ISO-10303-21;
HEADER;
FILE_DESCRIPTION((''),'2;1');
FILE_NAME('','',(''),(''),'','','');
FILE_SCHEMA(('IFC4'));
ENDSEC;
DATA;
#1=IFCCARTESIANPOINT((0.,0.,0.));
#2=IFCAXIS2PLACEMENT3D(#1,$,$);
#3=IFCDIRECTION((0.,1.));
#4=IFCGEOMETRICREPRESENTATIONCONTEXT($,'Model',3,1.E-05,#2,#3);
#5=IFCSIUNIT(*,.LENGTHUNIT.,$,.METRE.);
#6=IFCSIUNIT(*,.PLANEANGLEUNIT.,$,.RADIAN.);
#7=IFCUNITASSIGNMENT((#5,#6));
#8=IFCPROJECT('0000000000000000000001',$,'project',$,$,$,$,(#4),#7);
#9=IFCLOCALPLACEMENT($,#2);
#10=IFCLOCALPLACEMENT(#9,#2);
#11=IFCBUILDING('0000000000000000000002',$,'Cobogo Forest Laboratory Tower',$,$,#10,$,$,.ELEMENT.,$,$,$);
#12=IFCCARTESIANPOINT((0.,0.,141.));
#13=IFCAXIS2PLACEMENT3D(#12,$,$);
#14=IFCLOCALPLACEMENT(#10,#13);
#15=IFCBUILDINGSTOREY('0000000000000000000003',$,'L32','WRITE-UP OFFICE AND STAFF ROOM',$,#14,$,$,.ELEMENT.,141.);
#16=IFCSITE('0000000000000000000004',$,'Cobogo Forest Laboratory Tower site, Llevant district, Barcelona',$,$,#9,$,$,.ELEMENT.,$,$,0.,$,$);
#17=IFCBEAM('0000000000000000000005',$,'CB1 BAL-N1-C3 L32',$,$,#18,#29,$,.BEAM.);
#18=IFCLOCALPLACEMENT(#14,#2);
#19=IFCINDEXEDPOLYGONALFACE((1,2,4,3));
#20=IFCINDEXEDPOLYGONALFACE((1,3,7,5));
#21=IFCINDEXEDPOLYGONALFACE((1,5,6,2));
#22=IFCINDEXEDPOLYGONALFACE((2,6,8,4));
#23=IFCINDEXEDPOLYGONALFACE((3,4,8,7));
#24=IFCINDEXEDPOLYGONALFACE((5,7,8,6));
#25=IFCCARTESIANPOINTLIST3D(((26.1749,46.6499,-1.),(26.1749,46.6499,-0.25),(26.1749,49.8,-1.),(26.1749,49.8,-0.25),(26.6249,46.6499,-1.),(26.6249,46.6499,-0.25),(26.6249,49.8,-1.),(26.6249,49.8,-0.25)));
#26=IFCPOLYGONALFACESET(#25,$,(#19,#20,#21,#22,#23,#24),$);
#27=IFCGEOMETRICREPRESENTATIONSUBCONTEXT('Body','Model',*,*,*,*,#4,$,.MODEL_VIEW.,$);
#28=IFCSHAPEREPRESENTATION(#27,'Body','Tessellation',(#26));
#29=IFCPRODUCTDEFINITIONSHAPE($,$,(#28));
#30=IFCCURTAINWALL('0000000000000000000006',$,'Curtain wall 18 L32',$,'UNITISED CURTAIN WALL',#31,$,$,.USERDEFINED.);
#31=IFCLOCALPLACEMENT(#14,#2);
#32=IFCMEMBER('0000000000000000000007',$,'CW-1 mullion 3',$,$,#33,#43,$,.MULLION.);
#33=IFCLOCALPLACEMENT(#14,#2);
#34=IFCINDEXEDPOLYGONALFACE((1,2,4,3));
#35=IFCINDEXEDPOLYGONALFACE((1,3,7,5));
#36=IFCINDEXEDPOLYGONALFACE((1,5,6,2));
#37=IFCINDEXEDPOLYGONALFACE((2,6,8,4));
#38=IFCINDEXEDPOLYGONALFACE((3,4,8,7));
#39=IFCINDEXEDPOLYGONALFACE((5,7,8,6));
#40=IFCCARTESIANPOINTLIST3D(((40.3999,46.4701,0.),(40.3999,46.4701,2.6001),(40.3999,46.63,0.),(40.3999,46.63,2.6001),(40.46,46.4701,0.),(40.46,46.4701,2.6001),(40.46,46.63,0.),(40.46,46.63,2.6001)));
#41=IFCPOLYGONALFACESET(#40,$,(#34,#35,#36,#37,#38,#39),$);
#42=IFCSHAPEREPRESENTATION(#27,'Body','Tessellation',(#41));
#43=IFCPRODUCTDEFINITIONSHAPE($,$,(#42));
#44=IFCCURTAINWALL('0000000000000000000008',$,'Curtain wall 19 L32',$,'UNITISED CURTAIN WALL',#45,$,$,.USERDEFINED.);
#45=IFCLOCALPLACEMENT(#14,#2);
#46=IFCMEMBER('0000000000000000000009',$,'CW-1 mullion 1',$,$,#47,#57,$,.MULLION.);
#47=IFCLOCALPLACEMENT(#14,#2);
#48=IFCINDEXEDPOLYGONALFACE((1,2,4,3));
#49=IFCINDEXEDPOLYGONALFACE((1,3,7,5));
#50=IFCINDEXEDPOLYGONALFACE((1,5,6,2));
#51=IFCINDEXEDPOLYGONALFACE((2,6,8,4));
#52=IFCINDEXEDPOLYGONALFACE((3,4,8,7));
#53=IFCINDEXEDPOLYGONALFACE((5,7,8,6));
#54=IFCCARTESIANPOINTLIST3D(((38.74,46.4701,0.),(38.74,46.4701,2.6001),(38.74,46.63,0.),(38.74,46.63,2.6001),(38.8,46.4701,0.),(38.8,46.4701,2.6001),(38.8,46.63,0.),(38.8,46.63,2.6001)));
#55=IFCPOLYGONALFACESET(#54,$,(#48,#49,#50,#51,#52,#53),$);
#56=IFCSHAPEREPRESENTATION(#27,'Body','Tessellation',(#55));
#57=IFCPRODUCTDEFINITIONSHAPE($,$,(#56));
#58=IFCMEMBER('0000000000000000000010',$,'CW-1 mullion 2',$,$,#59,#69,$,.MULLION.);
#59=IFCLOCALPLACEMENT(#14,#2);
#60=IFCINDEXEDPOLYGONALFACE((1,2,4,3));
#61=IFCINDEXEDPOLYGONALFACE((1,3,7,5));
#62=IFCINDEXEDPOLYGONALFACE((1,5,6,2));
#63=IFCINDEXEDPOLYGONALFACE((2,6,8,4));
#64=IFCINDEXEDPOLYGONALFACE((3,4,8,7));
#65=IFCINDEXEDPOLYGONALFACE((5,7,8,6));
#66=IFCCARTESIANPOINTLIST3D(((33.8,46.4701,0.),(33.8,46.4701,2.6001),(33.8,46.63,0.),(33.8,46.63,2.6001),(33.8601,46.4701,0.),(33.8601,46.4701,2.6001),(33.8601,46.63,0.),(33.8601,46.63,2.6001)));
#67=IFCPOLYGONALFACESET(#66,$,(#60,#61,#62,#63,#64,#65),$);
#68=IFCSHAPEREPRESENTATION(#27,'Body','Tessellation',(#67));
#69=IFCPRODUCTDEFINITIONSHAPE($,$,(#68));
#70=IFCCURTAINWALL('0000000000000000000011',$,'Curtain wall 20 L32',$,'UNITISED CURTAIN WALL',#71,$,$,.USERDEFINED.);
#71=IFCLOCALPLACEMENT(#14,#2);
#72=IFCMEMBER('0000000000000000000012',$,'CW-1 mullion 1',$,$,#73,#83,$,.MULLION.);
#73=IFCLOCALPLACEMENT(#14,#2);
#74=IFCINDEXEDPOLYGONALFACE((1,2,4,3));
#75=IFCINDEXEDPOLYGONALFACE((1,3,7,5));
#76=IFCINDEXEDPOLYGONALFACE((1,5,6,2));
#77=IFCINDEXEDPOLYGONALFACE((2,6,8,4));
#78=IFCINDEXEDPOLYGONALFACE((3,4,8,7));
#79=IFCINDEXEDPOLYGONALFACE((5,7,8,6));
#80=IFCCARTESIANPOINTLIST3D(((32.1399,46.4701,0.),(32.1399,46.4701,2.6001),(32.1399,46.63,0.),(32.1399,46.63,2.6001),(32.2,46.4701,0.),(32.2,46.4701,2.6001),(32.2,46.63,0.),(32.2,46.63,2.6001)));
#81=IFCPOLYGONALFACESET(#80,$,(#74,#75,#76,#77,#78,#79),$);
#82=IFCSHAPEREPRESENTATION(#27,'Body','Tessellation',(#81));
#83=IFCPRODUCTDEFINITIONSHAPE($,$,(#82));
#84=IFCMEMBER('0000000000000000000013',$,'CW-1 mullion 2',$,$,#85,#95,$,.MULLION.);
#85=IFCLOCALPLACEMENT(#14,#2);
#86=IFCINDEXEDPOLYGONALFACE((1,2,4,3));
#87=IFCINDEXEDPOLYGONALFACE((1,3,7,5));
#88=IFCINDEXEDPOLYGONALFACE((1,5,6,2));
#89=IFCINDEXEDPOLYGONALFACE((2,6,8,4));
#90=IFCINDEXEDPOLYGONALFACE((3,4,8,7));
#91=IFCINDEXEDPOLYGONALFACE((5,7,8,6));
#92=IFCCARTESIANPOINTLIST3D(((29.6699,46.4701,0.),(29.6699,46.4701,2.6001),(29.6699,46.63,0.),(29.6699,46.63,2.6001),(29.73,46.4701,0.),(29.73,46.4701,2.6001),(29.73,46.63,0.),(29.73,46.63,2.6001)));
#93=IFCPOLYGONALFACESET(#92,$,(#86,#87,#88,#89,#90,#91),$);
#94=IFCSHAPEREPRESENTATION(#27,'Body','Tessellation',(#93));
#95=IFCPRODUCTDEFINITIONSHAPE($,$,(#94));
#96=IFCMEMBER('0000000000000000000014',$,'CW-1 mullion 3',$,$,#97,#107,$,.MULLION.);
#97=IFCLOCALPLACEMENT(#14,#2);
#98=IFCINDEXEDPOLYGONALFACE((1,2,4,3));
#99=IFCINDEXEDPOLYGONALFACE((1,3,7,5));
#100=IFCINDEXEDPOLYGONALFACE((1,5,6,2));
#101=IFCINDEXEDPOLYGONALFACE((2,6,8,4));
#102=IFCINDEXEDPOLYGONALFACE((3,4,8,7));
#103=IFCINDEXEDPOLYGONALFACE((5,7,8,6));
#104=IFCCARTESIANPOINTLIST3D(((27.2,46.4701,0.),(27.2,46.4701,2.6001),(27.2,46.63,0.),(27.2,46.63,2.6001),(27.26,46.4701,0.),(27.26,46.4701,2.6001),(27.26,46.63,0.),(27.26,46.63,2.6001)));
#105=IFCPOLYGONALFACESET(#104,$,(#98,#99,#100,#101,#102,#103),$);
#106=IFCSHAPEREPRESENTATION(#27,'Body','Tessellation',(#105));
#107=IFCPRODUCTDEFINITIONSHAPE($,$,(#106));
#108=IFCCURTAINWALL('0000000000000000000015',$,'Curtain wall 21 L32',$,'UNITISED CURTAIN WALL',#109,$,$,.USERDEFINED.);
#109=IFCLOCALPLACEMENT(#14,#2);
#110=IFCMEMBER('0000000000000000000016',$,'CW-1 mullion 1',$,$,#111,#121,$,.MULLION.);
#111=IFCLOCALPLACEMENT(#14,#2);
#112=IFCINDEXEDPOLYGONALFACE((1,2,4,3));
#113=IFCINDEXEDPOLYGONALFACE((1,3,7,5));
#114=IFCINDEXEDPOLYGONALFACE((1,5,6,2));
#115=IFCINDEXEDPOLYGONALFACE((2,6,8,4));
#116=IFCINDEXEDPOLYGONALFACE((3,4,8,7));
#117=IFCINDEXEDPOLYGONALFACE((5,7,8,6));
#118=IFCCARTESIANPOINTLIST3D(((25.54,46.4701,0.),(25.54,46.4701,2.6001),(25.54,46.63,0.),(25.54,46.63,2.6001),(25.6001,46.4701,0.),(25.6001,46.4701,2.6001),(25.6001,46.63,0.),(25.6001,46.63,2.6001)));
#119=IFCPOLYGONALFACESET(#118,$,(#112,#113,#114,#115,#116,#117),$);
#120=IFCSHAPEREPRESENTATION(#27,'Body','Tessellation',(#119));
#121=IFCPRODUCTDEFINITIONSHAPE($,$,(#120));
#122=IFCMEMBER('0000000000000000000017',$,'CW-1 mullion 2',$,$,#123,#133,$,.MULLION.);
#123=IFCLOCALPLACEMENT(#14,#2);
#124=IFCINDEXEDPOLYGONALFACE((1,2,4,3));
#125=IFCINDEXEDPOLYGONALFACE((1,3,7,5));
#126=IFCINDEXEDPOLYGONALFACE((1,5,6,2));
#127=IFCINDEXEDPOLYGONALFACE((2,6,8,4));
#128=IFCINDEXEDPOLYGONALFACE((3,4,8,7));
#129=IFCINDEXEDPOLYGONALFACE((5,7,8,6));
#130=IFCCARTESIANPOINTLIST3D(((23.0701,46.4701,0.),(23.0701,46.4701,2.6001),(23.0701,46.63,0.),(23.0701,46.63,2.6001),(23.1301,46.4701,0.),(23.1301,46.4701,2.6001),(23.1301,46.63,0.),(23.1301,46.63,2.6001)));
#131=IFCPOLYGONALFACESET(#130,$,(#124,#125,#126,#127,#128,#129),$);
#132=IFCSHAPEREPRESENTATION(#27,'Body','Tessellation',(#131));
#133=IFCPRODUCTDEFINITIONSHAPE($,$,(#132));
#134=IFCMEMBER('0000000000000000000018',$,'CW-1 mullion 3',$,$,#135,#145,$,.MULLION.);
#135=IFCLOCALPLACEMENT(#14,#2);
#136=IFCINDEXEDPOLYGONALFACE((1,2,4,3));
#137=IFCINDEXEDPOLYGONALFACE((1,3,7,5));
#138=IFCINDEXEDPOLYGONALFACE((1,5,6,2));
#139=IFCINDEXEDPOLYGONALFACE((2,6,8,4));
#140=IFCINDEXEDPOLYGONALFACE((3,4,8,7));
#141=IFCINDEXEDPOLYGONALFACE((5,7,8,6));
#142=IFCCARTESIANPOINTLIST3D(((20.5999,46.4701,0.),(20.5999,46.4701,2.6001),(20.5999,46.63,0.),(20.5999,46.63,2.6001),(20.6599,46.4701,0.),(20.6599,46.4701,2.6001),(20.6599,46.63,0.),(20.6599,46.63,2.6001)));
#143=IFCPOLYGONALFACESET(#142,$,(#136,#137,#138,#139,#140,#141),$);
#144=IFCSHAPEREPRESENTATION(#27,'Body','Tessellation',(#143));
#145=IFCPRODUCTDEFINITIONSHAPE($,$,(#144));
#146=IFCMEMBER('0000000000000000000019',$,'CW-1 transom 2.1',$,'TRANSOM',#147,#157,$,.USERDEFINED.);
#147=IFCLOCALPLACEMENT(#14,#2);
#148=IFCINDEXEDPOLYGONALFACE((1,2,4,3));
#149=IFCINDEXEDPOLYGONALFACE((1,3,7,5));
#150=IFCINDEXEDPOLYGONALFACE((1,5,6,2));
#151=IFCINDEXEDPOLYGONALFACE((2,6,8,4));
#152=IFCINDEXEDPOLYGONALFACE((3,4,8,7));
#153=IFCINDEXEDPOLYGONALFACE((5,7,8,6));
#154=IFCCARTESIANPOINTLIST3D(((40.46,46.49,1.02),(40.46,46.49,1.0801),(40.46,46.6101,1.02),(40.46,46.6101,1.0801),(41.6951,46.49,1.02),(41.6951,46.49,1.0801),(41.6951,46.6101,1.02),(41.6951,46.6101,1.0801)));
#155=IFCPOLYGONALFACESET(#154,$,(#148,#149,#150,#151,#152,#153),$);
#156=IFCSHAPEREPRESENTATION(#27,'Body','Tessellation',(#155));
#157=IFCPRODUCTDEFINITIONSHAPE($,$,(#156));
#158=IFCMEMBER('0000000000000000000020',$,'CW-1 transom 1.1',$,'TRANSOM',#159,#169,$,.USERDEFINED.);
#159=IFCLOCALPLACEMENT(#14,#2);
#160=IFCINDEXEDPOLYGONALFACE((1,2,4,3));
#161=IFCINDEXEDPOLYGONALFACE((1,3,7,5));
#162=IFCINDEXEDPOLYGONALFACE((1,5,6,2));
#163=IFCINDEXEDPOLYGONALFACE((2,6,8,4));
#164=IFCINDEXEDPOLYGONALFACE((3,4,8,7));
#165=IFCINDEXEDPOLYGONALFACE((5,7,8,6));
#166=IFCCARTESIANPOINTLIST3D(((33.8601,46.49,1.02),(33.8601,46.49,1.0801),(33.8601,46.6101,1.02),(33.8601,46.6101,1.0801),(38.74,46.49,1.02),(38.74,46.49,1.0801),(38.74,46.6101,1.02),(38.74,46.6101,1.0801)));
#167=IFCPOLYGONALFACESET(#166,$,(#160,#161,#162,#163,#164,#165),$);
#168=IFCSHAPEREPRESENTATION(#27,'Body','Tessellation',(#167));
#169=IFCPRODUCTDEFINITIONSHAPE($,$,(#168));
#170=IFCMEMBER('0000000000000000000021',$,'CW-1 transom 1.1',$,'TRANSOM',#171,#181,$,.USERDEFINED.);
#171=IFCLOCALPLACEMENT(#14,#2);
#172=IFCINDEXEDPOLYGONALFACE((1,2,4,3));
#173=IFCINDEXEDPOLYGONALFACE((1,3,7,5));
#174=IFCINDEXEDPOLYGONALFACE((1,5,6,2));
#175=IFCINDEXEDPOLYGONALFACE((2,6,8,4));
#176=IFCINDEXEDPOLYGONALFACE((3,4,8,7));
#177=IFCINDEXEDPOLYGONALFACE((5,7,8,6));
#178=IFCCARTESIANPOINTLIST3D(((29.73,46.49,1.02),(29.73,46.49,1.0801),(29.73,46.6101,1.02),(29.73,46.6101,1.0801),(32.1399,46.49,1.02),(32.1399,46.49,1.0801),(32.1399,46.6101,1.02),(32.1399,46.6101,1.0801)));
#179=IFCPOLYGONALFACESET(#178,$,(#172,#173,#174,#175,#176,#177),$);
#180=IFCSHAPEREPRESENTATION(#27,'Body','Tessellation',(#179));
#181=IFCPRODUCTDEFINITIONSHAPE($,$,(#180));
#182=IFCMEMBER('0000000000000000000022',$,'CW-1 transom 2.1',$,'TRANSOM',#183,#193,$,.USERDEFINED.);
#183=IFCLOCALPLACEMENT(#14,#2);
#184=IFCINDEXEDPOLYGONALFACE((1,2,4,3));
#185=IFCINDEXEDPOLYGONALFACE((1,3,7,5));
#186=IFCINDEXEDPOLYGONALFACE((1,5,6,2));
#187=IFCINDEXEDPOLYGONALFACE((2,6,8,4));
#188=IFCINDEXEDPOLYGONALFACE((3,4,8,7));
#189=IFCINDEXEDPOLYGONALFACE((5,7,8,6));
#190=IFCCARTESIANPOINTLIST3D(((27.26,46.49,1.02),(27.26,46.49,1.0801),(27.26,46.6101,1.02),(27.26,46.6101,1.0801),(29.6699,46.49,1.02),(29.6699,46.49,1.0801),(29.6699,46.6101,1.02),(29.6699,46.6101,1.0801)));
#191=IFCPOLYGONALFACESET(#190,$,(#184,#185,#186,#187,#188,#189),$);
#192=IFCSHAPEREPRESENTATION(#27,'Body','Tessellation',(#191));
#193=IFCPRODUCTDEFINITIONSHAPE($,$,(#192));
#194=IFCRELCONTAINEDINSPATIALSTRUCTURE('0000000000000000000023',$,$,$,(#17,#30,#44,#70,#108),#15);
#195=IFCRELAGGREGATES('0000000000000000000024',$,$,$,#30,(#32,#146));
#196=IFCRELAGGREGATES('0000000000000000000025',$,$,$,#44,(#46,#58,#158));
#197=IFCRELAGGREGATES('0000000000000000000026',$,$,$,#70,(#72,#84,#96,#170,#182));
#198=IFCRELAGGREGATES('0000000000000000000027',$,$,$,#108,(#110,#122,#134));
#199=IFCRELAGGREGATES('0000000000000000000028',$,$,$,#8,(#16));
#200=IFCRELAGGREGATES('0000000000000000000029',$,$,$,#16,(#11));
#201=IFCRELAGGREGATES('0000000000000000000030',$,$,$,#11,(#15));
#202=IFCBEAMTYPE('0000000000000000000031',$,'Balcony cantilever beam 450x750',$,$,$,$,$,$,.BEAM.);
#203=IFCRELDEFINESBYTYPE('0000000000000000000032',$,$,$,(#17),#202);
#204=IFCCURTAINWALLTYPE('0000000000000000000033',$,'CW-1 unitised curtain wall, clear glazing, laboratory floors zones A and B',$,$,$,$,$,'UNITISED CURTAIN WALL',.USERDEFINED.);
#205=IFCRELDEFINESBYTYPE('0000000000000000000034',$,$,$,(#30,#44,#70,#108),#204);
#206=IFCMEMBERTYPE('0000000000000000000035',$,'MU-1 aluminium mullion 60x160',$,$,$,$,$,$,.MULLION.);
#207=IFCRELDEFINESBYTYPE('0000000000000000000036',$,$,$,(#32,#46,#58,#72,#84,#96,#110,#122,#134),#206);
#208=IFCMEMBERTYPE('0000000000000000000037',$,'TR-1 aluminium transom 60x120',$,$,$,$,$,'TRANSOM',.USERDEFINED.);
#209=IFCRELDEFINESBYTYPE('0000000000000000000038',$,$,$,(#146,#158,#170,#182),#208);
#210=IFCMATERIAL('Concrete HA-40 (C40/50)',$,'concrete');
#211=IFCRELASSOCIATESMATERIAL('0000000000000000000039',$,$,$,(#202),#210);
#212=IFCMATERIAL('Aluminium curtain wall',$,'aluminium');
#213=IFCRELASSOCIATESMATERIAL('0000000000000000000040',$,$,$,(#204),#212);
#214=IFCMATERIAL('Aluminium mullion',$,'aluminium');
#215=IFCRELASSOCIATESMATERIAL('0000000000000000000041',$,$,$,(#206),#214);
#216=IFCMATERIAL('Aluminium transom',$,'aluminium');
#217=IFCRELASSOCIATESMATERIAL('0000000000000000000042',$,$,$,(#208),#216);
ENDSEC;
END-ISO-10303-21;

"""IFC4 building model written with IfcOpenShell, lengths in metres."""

from ifc_helpers import new_model, si_unit, direction, frame, origin, origin_2d, place, context, subcontext, project, spatial, rectangle, extrude, material, material_profile, profile_set, type_object, element, aggregate, save


model = new_model("IFC4")

# Units and contexts
model_context = context("Model", 3, precision=1e-05, world=origin(), true_north=direction((0.0, 1.0)))
body_context = subcontext(model_context, "Body", "Model", "MODEL_VIEW")
ifc_project = project(units=[si_unit("LENGTHUNIT", "METRE"), si_unit("PLANEANGLEUNIT", "RADIAN")], contexts=[model_context])

# Site, building, storey
site_placement = place(None, origin())
site = spatial("IfcSite", under=ifc_project, at=site_placement, Name="Cobogo Forest Laboratory Tower site, Llevant district, Barcelona", CompositionType="ELEMENT", RefElevation=0.0)
building_placement = place(site_placement, origin())
building = spatial("IfcBuilding", under=site, at=building_placement, Name="Cobogo Forest Laboratory Tower", CompositionType="ELEMENT")
storey_placement = place(building_placement, frame((0.0, 0.0, 141.0)))
storey = spatial("IfcBuildingStorey", under=building, at=storey_placement, Name="L32", Description="WRITE-UP OFFICE AND STAFF ROOM", CompositionType="ELEMENT", Elevation=141.0)

# Beam
ifc_material_1 = material(Name="Concrete HA-40 (C40/50)", Category="concrete")
ifc_material_profile_1 = material_profile(ifc_material_1, rectangle(XDim=0.45, YDim=0.75, at=origin_2d()), Name="RC 450x750")
ifc_profile_set_1 = profile_set([ifc_material_profile_1], Name="Concrete HA-40 (C40/50)")
beam_type = type_object("IfcBeamType", Name="Balcony cantilever beam 450x750", PredefinedType="BEAM", material=ifc_profile_set_1)
beam_placement = place(storey_placement, frame((26.3999, 46.6499, -0.625), z_axis=(0.0, 1.0, 0.0), x_axis=(-1.0, 0.0, 0.0)))
element("IfcBeam", 1, at=beam_placement, inside=storey, type_object=beam_type, Name="CB1 BAL-N1-C3 L32", PredefinedType="BEAM", context=body_context, shape_type="SweptSolid", body=[
    extrude(rectangle(XDim=0.45, YDim=0.75, at=origin_2d()), origin(), (0.0, 0.0, 1.0), 3.1501),
])

# Curtain wall, member
ifc_material_2 = material(Name="Aluminium curtain wall", Category="aluminium")
curtain_wall_type = type_object("IfcCurtainWallType", Name="CW-1 unitised curtain wall, clear glazing, laboratory floors zones A and B", ElementType="UNITISED CURTAIN WALL", PredefinedType="USERDEFINED", material=ifc_material_2)
curtain_wall_1_placement = place(storey_placement, origin())
curtain_wall_1 = element("IfcCurtainWall", 2, at=curtain_wall_1_placement, inside=storey, type_object=curtain_wall_type, Name="Curtain wall 18 L32", ObjectType="UNITISED CURTAIN WALL", PredefinedType="USERDEFINED")
ifc_material_3 = material(Name="Aluminium mullion", Category="aluminium")
ifc_material_profile_2 = material_profile(ifc_material_3, rectangle(XDim=0.0601, YDim=0.1599, at=origin_2d()), Name="AL 60x160")
ifc_profile_set_2 = profile_set([ifc_material_profile_2], Name="Aluminium mullion")
member_type_1 = type_object("IfcMemberType", Name="MU-1 aluminium mullion 60x160", PredefinedType="MULLION", material=ifc_profile_set_2)
member_1_placement = place(storey_placement, frame((40.4299, 46.55, 0.0), z_axis=(0.0, 0.0, 1.0), x_axis=(-1.0, 0.0, 0.0)))
member_1 = element("IfcMember", 3, at=member_1_placement, type_object=member_type_1, Name="CW-1 mullion 3", PredefinedType="MULLION", context=body_context, shape_type="SweptSolid", body=[
    extrude(rectangle(XDim=0.0601, YDim=0.1599, at=origin_2d()), origin(), (0.0, 0.0, 1.0), 2.6001),
])

# Curtain walls, members
curtain_wall_2_placement = place(storey_placement, origin())
curtain_wall_2 = element("IfcCurtainWall", 4, at=curtain_wall_2_placement, inside=storey, type_object=curtain_wall_type, Name="Curtain wall 19 L32", ObjectType="UNITISED CURTAIN WALL", PredefinedType="USERDEFINED")
member_2_placement = place(storey_placement, frame((38.77, 46.55, 0.0), z_axis=(0.0, 0.0, 1.0), x_axis=(-1.0, 0.0, 0.0)))
member_2 = element("IfcMember", 5, at=member_2_placement, type_object=member_type_1, Name="CW-1 mullion 1", PredefinedType="MULLION", context=body_context, shape_type="SweptSolid", body=[
    extrude(rectangle(XDim=0.0601, YDim=0.1599, at=origin_2d()), origin(), (0.0, 0.0, 1.0), 2.6001),
])
member_3_placement = place(storey_placement, frame((33.8301, 46.55, 0.0), z_axis=(0.0, 0.0, 1.0), x_axis=(-1.0, 0.0, 0.0)))
member_3 = element("IfcMember", 6, at=member_3_placement, type_object=member_type_1, Name="CW-1 mullion 2", PredefinedType="MULLION", context=body_context, shape_type="SweptSolid", body=[
    extrude(rectangle(XDim=0.0601, YDim=0.1599, at=origin_2d()), origin(), (0.0, 0.0, 1.0), 2.6001),
])
curtain_wall_3_placement = place(storey_placement, origin())
curtain_wall_3 = element("IfcCurtainWall", 7, at=curtain_wall_3_placement, inside=storey, type_object=curtain_wall_type, Name="Curtain wall 20 L32", ObjectType="UNITISED CURTAIN WALL", PredefinedType="USERDEFINED")
member_4_placement = place(storey_placement, frame((32.1699, 46.55, 0.0), z_axis=(0.0, 0.0, 1.0), x_axis=(-1.0, 0.0, 0.0)))
member_4 = element("IfcMember", 8, at=member_4_placement, type_object=member_type_1, Name="CW-1 mullion 1", PredefinedType="MULLION", context=body_context, shape_type="SweptSolid", body=[
    extrude(rectangle(XDim=0.0601, YDim=0.1599, at=origin_2d()), origin(), (0.0, 0.0, 1.0), 2.6001),
])
member_5_placement = place(storey_placement, frame((29.7, 46.55, 0.0), z_axis=(0.0, 0.0, 1.0), x_axis=(-1.0, 0.0, 0.0)))
member_5 = element("IfcMember", 9, at=member_5_placement, type_object=member_type_1, Name="CW-1 mullion 2", PredefinedType="MULLION", context=body_context, shape_type="SweptSolid", body=[
    extrude(rectangle(XDim=0.0601, YDim=0.1599, at=origin_2d()), origin(), (0.0, 0.0, 1.0), 2.6001),
])
member_6_placement = place(storey_placement, frame((27.23, 46.55, 0.0), z_axis=(0.0, 0.0, 1.0), x_axis=(-1.0, 0.0, 0.0)))
member_6 = element("IfcMember", 10, at=member_6_placement, type_object=member_type_1, Name="CW-1 mullion 3", PredefinedType="MULLION", context=body_context, shape_type="SweptSolid", body=[
    extrude(rectangle(XDim=0.0601, YDim=0.1599, at=origin_2d()), origin(), (0.0, 0.0, 1.0), 2.6001),
])
curtain_wall_4_placement = place(storey_placement, origin())
curtain_wall_4 = element("IfcCurtainWall", 11, at=curtain_wall_4_placement, inside=storey, type_object=curtain_wall_type, Name="Curtain wall 21 L32", ObjectType="UNITISED CURTAIN WALL", PredefinedType="USERDEFINED")
member_7_placement = place(storey_placement, frame((25.5701, 46.55, 0.0), z_axis=(0.0, 0.0, 1.0), x_axis=(-1.0, 0.0, 0.0)))
member_7 = element("IfcMember", 12, at=member_7_placement, type_object=member_type_1, Name="CW-1 mullion 1", PredefinedType="MULLION", context=body_context, shape_type="SweptSolid", body=[
    extrude(rectangle(XDim=0.0601, YDim=0.1599, at=origin_2d()), origin(), (0.0, 0.0, 1.0), 2.6001),
])
member_8_placement = place(storey_placement, frame((23.1001, 46.55, 0.0), z_axis=(0.0, 0.0, 1.0), x_axis=(-1.0, 0.0, 0.0)))
member_8 = element("IfcMember", 13, at=member_8_placement, type_object=member_type_1, Name="CW-1 mullion 2", PredefinedType="MULLION", context=body_context, shape_type="SweptSolid", body=[
    extrude(rectangle(XDim=0.0601, YDim=0.1599, at=origin_2d()), origin(), (0.0, 0.0, 1.0), 2.6001),
])
member_9_placement = place(storey_placement, frame((20.6299, 46.55, 0.0), z_axis=(0.0, 0.0, 1.0), x_axis=(-1.0, 0.0, 0.0)))
member_9 = element("IfcMember", 14, at=member_9_placement, type_object=member_type_1, Name="CW-1 mullion 3", PredefinedType="MULLION", context=body_context, shape_type="SweptSolid", body=[
    extrude(rectangle(XDim=0.0601, YDim=0.1599, at=origin_2d()), origin(), (0.0, 0.0, 1.0), 2.6001),
])

# Members
ifc_material_4 = material(Name="Aluminium transom", Category="aluminium")
ifc_material_profile_3 = material_profile(ifc_material_4, rectangle(XDim=0.1201, YDim=0.0601, at=origin_2d()), Name="AL 60x120")
ifc_profile_set_3 = profile_set([ifc_material_profile_3], Name="Aluminium transom")
member_type_2 = type_object("IfcMemberType", Name="TR-1 aluminium transom 60x120", ElementType="TRANSOM", PredefinedType="USERDEFINED", material=ifc_profile_set_3)
member_10_placement = place(storey_placement, frame((41.6951, 46.55, 1.05), z_axis=(-1.0, 0.0, 0.0), x_axis=(0.0, -1.0, 0.0)))
member_10 = element("IfcMember", 15, at=member_10_placement, type_object=member_type_2, Name="CW-1 transom 2.1", ObjectType="TRANSOM", PredefinedType="USERDEFINED", context=body_context, shape_type="SweptSolid", body=[
    extrude(rectangle(XDim=0.1201, YDim=0.0601, at=origin_2d()), origin(), (0.0, 0.0, 1.0), 1.2351),
])
member_11_placement = place(storey_placement, frame((38.74, 46.55, 1.05), z_axis=(-1.0, 0.0, 0.0), x_axis=(0.0, -1.0, 0.0)))
member_11 = element("IfcMember", 16, at=member_11_placement, type_object=member_type_2, Name="CW-1 transom 1.1", ObjectType="TRANSOM", PredefinedType="USERDEFINED", context=body_context, shape_type="SweptSolid", body=[
    extrude(rectangle(XDim=0.1201, YDim=0.0601, at=origin_2d()), origin(), (0.0, 0.0, 1.0), 4.8799),
])
member_12_placement = place(storey_placement, frame((32.1399, 46.55, 1.05), z_axis=(-1.0, 0.0, 0.0), x_axis=(0.0, -1.0, 0.0)))
member_12 = element("IfcMember", 17, at=member_12_placement, type_object=member_type_2, Name="CW-1 transom 1.1", ObjectType="TRANSOM", PredefinedType="USERDEFINED", context=body_context, shape_type="SweptSolid", body=[
    extrude(rectangle(XDim=0.1201, YDim=0.0601, at=origin_2d()), origin(), (0.0, 0.0, 1.0), 2.4099),
])
member_13_placement = place(storey_placement, frame((29.6699, 46.55, 1.05), z_axis=(-1.0, 0.0, 0.0), x_axis=(0.0, -1.0, 0.0)))
member_13 = element("IfcMember", 18, at=member_13_placement, type_object=member_type_2, Name="CW-1 transom 2.1", ObjectType="TRANSOM", PredefinedType="USERDEFINED", context=body_context, shape_type="SweptSolid", body=[
    extrude(rectangle(XDim=0.1201, YDim=0.0601, at=origin_2d()), origin(), (0.0, 0.0, 1.0), 2.4099),
])

aggregate(curtain_wall_1, [member_1, member_10])
aggregate(curtain_wall_2, [member_2, member_3, member_11])
aggregate(curtain_wall_3, [member_4, member_5, member_6, member_12, member_13])
aggregate(curtain_wall_4, [member_7, member_8, member_9])

save(model, "model.ifc")
